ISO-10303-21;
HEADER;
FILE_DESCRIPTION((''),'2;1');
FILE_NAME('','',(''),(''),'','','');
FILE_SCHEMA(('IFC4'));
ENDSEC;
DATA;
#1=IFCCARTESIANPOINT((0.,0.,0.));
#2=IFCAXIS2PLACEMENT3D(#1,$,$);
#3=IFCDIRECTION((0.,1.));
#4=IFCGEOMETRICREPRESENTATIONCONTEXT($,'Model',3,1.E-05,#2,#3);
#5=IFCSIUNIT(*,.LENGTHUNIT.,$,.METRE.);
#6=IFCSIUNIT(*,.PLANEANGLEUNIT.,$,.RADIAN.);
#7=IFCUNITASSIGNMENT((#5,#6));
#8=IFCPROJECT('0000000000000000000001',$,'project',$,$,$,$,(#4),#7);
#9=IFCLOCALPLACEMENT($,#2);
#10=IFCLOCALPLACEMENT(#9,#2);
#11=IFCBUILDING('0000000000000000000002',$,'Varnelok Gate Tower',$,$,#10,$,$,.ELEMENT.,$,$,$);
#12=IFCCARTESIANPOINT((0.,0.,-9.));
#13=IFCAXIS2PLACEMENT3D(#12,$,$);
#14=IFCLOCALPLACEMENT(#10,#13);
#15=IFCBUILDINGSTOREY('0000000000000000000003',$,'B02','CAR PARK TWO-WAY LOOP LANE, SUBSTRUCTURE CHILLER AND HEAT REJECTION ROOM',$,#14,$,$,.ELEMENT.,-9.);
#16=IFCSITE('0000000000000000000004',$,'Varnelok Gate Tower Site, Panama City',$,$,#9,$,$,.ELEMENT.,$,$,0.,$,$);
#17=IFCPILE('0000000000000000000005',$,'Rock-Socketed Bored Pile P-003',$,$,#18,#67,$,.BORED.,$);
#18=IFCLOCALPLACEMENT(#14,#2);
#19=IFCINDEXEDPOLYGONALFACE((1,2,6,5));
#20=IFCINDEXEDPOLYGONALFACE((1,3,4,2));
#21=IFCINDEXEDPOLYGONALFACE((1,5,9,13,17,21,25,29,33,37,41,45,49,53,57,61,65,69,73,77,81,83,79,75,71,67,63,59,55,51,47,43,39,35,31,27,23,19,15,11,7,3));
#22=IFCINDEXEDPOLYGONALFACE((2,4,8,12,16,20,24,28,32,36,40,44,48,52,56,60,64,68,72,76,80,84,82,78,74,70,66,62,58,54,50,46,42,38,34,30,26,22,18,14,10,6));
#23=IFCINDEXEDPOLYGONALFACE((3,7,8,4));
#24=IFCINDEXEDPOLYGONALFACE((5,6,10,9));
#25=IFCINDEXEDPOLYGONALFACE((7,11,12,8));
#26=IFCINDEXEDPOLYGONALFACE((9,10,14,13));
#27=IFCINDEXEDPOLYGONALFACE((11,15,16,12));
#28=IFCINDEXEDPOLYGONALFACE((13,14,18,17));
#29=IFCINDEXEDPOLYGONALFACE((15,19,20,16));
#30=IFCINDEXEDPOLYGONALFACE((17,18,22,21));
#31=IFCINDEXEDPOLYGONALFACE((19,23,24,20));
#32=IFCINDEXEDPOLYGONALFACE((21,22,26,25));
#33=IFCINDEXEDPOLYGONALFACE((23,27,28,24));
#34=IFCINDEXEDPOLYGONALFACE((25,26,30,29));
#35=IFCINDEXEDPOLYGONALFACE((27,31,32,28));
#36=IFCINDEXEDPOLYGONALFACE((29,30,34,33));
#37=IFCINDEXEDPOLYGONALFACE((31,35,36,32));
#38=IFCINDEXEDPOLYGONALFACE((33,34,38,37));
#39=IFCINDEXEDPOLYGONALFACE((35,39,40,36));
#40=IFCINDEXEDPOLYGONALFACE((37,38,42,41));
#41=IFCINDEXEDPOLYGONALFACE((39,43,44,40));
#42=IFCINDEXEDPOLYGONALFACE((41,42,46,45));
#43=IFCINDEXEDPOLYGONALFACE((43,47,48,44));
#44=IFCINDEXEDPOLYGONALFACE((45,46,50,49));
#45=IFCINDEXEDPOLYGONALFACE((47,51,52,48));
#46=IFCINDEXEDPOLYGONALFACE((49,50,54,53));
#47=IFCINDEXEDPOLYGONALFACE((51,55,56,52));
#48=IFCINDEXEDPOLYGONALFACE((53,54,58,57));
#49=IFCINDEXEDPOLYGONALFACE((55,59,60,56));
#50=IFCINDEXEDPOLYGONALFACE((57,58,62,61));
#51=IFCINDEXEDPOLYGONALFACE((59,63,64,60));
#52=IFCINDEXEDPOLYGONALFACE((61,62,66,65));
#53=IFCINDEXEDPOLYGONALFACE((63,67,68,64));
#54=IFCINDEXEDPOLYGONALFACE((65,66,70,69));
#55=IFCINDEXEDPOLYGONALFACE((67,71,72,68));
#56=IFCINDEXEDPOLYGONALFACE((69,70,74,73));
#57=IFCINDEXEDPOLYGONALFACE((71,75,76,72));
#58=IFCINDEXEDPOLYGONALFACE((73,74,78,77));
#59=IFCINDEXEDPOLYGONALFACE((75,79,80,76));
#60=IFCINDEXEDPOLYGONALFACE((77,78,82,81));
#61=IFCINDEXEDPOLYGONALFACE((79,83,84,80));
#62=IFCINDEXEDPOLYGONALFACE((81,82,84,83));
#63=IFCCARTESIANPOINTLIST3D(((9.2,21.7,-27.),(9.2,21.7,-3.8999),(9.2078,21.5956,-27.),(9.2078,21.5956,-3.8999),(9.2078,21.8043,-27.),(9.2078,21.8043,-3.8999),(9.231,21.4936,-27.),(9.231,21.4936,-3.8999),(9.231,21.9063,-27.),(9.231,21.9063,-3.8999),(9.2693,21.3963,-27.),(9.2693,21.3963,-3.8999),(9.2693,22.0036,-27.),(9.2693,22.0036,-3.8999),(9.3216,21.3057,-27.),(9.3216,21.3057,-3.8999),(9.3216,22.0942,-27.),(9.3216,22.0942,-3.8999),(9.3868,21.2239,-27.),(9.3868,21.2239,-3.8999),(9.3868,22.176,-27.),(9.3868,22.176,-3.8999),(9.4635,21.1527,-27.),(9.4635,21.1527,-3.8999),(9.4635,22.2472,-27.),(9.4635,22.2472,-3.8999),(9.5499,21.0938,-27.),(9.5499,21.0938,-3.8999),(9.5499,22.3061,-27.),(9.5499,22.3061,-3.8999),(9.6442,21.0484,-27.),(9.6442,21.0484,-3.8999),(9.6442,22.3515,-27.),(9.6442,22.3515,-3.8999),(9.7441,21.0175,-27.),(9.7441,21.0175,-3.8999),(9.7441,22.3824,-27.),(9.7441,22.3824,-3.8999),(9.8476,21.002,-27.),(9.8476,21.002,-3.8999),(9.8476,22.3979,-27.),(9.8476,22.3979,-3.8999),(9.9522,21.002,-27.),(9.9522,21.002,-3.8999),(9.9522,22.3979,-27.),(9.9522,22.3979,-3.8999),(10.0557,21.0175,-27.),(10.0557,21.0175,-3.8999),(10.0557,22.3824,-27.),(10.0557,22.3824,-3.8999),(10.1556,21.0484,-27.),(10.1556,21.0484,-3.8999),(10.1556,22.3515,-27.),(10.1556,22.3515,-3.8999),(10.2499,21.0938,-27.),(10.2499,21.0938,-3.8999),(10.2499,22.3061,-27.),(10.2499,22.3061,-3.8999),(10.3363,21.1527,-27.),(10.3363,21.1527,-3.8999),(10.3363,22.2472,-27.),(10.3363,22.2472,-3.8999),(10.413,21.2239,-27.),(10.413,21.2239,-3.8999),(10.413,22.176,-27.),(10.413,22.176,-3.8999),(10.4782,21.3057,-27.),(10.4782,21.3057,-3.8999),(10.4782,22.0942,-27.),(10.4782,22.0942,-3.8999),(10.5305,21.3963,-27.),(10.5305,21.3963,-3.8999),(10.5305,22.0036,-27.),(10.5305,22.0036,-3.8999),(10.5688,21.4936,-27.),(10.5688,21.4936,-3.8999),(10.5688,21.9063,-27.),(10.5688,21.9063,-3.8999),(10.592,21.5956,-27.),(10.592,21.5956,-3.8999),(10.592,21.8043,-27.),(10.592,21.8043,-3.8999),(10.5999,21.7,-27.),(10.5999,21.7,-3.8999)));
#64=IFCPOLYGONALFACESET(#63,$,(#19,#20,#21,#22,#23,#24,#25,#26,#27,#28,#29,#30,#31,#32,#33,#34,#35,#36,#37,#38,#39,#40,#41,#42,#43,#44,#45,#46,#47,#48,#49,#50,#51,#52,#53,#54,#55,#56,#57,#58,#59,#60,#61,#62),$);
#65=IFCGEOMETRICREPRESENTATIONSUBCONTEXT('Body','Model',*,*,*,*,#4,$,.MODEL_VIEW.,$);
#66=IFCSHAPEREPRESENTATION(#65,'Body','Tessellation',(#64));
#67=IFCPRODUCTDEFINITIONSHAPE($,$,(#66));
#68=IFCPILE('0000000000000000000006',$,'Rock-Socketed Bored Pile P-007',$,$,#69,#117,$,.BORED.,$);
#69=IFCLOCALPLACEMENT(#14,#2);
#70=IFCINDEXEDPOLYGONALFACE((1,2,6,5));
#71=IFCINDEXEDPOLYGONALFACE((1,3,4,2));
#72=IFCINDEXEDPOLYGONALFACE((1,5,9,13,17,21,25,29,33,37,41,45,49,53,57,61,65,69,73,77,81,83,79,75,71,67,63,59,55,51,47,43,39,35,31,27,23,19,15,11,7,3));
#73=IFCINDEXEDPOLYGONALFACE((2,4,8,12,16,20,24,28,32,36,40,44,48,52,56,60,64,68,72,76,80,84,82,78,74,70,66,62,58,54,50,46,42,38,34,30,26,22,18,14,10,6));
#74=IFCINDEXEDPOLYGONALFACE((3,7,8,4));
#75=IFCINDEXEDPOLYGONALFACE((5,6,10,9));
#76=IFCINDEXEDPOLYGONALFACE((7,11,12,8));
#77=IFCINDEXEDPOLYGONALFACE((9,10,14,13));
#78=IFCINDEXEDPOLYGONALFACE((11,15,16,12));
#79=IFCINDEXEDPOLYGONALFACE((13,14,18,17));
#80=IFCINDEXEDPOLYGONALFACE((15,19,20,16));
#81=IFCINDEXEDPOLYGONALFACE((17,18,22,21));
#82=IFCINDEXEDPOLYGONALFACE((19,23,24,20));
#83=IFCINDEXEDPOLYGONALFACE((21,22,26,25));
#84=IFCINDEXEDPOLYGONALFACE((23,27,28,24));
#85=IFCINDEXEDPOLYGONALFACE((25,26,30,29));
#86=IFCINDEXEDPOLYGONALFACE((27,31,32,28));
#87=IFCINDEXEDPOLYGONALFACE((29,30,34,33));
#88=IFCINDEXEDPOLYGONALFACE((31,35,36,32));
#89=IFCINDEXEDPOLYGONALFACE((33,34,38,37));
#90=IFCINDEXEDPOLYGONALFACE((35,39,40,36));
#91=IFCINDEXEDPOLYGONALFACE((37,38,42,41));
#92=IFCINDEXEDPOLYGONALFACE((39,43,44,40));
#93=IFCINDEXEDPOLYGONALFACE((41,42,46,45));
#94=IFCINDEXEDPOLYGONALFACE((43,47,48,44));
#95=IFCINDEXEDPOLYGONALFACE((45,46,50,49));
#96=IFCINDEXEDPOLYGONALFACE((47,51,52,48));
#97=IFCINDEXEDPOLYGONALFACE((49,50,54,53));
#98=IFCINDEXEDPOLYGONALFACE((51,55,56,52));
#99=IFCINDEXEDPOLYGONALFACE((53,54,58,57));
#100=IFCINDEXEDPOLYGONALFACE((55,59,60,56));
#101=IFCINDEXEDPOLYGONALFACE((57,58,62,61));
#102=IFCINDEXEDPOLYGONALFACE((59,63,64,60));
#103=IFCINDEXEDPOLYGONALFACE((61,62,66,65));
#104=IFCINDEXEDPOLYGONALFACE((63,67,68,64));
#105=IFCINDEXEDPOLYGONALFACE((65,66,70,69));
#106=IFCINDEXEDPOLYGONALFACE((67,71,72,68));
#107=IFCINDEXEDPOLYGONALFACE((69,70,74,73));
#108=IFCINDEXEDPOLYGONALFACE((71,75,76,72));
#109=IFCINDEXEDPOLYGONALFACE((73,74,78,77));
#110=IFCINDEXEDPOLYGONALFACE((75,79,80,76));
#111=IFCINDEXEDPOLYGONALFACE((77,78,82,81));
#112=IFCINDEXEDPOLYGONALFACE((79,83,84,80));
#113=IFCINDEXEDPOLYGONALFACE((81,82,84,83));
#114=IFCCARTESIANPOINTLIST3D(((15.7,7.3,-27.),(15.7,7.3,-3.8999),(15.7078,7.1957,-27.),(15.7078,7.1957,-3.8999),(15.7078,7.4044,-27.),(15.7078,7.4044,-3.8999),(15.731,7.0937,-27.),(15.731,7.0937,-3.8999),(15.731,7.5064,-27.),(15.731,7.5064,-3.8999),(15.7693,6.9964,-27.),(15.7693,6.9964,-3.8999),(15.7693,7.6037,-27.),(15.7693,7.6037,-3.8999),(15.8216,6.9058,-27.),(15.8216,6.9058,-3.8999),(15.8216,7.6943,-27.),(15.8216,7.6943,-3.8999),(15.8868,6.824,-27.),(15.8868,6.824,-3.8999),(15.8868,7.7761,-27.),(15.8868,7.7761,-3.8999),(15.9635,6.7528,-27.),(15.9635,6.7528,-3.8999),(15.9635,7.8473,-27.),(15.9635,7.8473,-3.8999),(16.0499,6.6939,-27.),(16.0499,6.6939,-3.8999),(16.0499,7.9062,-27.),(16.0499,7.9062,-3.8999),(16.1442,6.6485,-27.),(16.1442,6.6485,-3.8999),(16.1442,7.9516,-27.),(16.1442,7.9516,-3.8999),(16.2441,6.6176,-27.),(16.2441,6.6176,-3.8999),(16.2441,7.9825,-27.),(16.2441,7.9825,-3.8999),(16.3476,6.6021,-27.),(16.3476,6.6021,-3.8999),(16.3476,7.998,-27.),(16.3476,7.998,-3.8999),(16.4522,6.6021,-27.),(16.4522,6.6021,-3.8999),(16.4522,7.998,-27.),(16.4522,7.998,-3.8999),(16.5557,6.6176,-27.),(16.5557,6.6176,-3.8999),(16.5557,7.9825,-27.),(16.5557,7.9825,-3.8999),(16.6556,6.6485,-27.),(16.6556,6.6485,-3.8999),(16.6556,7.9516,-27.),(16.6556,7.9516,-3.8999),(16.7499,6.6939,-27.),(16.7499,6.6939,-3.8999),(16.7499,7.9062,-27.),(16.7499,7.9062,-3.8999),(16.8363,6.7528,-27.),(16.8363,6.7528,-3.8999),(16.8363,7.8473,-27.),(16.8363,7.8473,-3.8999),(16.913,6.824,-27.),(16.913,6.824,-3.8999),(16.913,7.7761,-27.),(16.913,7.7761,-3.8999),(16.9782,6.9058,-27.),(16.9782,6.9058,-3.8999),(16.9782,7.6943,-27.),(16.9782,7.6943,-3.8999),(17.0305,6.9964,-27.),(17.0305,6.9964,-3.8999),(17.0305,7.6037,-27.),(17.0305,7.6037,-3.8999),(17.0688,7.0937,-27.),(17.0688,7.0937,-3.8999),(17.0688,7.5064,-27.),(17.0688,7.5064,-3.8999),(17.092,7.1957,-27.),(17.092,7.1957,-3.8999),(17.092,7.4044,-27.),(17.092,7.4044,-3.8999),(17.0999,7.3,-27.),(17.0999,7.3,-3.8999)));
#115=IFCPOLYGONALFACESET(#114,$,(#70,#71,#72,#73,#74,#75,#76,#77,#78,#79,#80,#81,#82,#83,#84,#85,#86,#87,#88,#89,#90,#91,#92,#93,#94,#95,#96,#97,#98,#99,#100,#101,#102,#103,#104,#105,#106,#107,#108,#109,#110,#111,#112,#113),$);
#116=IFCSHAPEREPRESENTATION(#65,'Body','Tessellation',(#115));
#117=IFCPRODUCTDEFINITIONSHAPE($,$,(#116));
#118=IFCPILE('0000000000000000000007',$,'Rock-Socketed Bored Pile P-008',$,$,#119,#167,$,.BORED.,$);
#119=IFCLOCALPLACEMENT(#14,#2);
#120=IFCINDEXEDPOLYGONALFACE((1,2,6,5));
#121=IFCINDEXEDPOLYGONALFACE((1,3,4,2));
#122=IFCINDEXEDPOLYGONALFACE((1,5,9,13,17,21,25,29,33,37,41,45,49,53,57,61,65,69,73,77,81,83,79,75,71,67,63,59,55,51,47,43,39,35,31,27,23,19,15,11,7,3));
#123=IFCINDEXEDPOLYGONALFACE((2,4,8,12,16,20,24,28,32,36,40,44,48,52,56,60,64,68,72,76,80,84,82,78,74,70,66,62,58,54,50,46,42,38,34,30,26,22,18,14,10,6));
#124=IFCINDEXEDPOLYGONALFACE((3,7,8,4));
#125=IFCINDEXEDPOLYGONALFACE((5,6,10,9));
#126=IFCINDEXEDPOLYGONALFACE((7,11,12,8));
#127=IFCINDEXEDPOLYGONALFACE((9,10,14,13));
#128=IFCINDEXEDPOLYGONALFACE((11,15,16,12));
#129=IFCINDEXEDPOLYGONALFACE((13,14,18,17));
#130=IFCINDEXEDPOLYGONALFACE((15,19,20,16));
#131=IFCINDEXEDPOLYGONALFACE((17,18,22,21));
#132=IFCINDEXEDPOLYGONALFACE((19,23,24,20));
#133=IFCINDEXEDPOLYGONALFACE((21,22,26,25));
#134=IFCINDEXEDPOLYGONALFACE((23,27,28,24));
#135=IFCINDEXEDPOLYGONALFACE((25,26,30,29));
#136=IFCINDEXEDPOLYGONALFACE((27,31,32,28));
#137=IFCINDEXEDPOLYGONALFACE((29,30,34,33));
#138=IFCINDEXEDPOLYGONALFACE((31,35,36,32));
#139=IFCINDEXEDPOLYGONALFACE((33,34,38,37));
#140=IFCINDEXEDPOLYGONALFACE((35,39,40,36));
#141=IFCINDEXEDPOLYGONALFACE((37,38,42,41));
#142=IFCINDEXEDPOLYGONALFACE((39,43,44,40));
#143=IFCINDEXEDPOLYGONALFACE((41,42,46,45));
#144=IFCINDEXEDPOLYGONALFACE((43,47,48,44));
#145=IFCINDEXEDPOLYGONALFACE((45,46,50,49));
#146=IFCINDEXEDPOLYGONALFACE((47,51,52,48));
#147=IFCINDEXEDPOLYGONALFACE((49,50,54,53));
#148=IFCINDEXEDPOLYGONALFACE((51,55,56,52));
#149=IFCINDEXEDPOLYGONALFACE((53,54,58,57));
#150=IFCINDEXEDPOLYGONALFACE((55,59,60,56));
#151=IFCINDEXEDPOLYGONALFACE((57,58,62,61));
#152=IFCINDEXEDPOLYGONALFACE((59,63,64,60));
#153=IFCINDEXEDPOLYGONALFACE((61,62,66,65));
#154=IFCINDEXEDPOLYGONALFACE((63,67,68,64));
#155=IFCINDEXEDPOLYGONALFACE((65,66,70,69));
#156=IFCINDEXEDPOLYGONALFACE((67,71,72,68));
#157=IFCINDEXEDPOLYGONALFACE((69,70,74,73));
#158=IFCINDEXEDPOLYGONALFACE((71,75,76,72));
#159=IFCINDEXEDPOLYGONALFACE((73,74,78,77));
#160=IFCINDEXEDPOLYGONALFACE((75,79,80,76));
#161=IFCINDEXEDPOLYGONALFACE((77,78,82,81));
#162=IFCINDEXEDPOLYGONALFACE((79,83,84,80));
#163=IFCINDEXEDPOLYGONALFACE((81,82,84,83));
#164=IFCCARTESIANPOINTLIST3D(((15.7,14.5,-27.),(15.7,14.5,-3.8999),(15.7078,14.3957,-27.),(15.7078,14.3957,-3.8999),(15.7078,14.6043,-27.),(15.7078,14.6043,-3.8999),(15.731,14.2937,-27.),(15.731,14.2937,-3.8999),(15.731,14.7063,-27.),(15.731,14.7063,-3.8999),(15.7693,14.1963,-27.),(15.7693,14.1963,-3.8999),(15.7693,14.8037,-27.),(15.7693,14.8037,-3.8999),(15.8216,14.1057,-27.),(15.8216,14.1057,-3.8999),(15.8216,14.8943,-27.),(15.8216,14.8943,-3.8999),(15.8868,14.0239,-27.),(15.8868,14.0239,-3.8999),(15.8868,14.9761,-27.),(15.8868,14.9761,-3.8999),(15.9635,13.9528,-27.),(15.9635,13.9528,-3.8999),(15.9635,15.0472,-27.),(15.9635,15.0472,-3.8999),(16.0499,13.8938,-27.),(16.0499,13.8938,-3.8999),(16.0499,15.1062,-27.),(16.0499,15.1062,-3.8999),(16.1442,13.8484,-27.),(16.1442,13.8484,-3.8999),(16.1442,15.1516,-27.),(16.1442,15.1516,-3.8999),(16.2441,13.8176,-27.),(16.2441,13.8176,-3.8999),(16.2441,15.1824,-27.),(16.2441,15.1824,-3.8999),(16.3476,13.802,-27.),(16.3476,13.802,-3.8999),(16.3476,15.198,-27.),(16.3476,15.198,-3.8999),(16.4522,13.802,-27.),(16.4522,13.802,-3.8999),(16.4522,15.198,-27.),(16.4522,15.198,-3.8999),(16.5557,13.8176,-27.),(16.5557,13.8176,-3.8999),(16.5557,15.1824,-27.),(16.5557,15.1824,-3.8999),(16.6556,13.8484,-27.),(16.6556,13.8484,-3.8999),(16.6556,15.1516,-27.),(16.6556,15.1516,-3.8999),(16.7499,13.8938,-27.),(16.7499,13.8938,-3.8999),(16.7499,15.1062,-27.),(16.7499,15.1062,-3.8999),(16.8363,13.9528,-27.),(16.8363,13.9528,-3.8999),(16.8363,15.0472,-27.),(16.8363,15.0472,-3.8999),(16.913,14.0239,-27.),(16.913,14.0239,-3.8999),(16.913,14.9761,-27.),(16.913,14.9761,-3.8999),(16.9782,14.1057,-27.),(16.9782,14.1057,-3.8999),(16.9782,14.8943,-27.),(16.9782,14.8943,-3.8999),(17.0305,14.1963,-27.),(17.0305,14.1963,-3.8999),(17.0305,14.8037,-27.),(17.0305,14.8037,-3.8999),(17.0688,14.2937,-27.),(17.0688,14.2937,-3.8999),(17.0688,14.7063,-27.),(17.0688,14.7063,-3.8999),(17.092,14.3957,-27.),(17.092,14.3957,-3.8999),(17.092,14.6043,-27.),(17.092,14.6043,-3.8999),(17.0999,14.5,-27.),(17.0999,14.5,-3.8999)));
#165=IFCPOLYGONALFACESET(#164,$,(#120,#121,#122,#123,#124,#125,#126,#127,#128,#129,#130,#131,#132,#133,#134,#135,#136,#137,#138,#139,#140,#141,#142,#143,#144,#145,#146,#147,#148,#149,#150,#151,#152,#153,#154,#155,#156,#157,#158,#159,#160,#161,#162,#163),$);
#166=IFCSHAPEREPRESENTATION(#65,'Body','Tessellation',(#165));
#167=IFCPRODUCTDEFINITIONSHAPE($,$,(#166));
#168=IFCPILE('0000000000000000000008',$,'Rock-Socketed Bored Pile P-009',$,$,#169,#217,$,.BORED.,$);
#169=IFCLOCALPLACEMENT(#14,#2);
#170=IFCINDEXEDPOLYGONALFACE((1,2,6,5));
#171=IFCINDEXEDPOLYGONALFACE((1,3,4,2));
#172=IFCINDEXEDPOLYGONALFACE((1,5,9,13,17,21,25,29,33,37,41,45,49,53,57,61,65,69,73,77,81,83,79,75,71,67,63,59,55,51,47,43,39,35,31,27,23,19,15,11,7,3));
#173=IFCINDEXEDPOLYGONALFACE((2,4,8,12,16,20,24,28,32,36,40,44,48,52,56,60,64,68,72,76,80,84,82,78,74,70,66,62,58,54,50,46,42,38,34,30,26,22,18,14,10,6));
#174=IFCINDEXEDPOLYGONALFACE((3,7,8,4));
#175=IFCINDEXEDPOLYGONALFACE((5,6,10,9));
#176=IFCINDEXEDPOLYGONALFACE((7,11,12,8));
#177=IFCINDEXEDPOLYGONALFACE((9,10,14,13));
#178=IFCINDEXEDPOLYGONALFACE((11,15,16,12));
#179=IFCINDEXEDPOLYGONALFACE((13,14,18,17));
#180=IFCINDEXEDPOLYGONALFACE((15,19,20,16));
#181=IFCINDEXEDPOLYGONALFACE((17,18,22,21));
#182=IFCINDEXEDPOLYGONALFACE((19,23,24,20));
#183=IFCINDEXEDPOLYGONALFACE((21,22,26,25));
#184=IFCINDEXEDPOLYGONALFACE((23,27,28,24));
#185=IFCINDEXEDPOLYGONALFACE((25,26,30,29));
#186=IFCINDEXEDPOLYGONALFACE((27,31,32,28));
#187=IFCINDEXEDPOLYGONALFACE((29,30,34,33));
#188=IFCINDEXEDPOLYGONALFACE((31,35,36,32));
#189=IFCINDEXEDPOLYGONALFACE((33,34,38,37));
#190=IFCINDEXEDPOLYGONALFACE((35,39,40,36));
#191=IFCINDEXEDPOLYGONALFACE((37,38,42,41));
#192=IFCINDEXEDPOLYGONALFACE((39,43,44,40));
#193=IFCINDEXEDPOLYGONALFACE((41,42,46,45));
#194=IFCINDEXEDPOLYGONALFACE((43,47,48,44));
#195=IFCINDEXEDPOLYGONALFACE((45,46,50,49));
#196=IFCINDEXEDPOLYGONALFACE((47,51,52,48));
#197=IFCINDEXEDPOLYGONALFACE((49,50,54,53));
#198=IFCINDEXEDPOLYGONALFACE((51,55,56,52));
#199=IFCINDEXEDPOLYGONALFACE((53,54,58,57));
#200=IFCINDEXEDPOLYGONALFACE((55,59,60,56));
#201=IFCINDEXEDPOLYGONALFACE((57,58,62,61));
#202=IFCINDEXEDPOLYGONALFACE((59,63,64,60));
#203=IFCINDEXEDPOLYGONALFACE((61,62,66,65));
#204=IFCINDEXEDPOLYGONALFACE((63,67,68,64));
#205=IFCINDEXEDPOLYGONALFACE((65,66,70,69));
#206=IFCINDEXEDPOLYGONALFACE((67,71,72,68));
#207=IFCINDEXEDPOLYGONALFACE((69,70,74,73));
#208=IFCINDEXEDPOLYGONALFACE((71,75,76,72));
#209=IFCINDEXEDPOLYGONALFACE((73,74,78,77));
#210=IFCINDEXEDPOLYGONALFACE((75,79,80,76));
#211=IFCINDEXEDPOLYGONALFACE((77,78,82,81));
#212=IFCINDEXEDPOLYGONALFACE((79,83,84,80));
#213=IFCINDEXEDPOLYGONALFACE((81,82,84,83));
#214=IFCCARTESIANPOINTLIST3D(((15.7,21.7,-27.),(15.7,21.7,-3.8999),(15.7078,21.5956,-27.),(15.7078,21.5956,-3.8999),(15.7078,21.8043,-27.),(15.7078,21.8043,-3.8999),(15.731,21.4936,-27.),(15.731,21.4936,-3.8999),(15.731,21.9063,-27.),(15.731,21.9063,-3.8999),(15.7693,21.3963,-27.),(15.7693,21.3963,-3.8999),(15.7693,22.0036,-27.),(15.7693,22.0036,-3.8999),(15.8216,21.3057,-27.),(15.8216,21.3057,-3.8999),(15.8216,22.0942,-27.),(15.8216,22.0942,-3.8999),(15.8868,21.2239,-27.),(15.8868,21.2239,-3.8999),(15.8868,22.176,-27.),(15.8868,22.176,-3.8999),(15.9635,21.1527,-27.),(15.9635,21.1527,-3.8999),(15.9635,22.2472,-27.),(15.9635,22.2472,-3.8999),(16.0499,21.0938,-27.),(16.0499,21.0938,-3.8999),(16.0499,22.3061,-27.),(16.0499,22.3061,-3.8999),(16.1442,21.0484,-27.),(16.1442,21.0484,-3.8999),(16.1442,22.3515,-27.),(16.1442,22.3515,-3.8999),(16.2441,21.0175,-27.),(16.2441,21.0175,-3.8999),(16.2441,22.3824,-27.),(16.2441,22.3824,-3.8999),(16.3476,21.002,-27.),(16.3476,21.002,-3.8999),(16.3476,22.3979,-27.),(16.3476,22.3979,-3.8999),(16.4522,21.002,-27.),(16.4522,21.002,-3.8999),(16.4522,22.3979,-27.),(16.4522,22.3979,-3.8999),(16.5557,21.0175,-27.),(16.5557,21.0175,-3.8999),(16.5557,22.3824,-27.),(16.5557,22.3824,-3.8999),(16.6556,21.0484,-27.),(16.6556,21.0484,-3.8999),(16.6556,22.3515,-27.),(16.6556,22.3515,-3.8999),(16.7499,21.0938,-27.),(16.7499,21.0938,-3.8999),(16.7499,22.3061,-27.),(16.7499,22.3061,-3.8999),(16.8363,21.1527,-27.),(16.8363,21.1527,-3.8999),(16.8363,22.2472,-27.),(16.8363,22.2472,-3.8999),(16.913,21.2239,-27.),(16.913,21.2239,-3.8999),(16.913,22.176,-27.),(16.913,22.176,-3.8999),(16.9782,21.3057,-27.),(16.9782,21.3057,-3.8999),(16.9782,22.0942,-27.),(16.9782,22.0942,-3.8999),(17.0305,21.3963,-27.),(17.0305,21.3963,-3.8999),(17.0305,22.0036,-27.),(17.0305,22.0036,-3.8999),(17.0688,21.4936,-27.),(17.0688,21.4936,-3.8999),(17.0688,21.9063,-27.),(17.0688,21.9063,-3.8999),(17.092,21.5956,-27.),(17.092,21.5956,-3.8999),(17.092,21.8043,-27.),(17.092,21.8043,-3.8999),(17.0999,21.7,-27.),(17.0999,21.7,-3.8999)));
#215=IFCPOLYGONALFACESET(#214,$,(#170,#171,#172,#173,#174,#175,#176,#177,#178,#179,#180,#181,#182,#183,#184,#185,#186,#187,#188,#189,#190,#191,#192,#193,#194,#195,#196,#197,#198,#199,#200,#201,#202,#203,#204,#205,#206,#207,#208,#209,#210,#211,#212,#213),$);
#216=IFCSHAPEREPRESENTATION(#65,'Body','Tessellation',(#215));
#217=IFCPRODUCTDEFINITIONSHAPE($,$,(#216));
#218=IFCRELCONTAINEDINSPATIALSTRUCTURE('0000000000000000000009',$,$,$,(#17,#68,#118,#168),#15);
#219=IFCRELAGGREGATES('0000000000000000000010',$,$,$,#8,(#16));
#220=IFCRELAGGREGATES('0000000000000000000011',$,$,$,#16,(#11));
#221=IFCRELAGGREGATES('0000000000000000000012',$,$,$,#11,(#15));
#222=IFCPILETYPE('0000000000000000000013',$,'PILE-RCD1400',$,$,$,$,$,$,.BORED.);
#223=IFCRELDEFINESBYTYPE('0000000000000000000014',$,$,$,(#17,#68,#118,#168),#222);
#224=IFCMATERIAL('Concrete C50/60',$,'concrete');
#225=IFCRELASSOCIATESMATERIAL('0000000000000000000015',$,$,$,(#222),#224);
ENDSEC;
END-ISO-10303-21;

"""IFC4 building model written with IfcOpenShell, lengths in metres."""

from ifc_helpers import new_model, si_unit, direction, frame, origin, origin_2d, place, context, subcontext, project, spatial, circle, extrude, material, material_profile, profile_set, type_object, element, save


model = new_model("IFC4")

# Units and contexts
model_context = context("Model", 3, precision=1e-05, world=origin(), true_north=direction((0.0, 1.0)))
body_context = subcontext(model_context, "Body", "Model", "MODEL_VIEW")
ifc_project = project(units=[si_unit("LENGTHUNIT", "METRE"), si_unit("PLANEANGLEUNIT", "RADIAN")], contexts=[model_context])

# Site, building, storey
site_placement = place(None, origin())
site = spatial("IfcSite", under=ifc_project, at=site_placement, Name="Varnelok Gate Tower Site, Panama City", CompositionType="ELEMENT", RefElevation=0.0)
building_placement = place(site_placement, origin())
building = spatial("IfcBuilding", under=site, at=building_placement, Name="Varnelok Gate Tower", CompositionType="ELEMENT")
storey_placement = place(building_placement, frame((0.0, 0.0, -9.0)))
storey = spatial("IfcBuildingStorey", under=building, at=storey_placement, Name="B02", Description="CAR PARK TWO-WAY LOOP LANE, SUBSTRUCTURE CHILLER AND HEAT REJECTION ROOM", CompositionType="ELEMENT", Elevation=-9.0)

# Shared definitions
ifc_material_1 = material(Name="Concrete C50/60", Category="concrete")

# Piles
ifc_material_profile_1 = material_profile(ifc_material_1, circle(Radius=0.7, at=origin_2d()), Name="RCD1400")
ifc_profile_set_1 = profile_set([ifc_material_profile_1], Name="Concrete C50/60")
pile_type_1 = type_object("IfcPileType", Name="PILE-RCD1400", PredefinedType="BORED", material=ifc_profile_set_1)
for number, where, z_axis, x_axis, name in (
    (1, (9.8999, 21.7, -3.8999), (0.0, 0.0, -1.0), (1.0, 0.0, 0.0), "Rock-Socketed Bored Pile P-003"),
    (2, (16.3999, 7.3, -3.8999), (0.0, 0.0, -1.0), (1.0, 0.0, 0.0), "Rock-Socketed Bored Pile P-007"),
    (3, (16.3999, 14.5, -3.8999), (0.0, 0.0, -1.0), (1.0, 0.0, 0.0), "Rock-Socketed Bored Pile P-008"),
    (4, (16.3999, 21.7, -3.8999), (0.0, 0.0, -1.0), (1.0, 0.0, 0.0), "Rock-Socketed Bored Pile P-009"),
):
    element("IfcPile", number, at=place(storey_placement, frame(where, z_axis=z_axis, x_axis=x_axis)), inside=storey, type_object=pile_type_1, Name=name, PredefinedType="BORED", context=body_context, shape_type="SweptSolid", body=[
        extrude(circle(Radius=0.7, at=origin_2d()), origin(), (0.0, 0.0, 1.0), 23.1001),
    ])

save(model, "model.ifc")
